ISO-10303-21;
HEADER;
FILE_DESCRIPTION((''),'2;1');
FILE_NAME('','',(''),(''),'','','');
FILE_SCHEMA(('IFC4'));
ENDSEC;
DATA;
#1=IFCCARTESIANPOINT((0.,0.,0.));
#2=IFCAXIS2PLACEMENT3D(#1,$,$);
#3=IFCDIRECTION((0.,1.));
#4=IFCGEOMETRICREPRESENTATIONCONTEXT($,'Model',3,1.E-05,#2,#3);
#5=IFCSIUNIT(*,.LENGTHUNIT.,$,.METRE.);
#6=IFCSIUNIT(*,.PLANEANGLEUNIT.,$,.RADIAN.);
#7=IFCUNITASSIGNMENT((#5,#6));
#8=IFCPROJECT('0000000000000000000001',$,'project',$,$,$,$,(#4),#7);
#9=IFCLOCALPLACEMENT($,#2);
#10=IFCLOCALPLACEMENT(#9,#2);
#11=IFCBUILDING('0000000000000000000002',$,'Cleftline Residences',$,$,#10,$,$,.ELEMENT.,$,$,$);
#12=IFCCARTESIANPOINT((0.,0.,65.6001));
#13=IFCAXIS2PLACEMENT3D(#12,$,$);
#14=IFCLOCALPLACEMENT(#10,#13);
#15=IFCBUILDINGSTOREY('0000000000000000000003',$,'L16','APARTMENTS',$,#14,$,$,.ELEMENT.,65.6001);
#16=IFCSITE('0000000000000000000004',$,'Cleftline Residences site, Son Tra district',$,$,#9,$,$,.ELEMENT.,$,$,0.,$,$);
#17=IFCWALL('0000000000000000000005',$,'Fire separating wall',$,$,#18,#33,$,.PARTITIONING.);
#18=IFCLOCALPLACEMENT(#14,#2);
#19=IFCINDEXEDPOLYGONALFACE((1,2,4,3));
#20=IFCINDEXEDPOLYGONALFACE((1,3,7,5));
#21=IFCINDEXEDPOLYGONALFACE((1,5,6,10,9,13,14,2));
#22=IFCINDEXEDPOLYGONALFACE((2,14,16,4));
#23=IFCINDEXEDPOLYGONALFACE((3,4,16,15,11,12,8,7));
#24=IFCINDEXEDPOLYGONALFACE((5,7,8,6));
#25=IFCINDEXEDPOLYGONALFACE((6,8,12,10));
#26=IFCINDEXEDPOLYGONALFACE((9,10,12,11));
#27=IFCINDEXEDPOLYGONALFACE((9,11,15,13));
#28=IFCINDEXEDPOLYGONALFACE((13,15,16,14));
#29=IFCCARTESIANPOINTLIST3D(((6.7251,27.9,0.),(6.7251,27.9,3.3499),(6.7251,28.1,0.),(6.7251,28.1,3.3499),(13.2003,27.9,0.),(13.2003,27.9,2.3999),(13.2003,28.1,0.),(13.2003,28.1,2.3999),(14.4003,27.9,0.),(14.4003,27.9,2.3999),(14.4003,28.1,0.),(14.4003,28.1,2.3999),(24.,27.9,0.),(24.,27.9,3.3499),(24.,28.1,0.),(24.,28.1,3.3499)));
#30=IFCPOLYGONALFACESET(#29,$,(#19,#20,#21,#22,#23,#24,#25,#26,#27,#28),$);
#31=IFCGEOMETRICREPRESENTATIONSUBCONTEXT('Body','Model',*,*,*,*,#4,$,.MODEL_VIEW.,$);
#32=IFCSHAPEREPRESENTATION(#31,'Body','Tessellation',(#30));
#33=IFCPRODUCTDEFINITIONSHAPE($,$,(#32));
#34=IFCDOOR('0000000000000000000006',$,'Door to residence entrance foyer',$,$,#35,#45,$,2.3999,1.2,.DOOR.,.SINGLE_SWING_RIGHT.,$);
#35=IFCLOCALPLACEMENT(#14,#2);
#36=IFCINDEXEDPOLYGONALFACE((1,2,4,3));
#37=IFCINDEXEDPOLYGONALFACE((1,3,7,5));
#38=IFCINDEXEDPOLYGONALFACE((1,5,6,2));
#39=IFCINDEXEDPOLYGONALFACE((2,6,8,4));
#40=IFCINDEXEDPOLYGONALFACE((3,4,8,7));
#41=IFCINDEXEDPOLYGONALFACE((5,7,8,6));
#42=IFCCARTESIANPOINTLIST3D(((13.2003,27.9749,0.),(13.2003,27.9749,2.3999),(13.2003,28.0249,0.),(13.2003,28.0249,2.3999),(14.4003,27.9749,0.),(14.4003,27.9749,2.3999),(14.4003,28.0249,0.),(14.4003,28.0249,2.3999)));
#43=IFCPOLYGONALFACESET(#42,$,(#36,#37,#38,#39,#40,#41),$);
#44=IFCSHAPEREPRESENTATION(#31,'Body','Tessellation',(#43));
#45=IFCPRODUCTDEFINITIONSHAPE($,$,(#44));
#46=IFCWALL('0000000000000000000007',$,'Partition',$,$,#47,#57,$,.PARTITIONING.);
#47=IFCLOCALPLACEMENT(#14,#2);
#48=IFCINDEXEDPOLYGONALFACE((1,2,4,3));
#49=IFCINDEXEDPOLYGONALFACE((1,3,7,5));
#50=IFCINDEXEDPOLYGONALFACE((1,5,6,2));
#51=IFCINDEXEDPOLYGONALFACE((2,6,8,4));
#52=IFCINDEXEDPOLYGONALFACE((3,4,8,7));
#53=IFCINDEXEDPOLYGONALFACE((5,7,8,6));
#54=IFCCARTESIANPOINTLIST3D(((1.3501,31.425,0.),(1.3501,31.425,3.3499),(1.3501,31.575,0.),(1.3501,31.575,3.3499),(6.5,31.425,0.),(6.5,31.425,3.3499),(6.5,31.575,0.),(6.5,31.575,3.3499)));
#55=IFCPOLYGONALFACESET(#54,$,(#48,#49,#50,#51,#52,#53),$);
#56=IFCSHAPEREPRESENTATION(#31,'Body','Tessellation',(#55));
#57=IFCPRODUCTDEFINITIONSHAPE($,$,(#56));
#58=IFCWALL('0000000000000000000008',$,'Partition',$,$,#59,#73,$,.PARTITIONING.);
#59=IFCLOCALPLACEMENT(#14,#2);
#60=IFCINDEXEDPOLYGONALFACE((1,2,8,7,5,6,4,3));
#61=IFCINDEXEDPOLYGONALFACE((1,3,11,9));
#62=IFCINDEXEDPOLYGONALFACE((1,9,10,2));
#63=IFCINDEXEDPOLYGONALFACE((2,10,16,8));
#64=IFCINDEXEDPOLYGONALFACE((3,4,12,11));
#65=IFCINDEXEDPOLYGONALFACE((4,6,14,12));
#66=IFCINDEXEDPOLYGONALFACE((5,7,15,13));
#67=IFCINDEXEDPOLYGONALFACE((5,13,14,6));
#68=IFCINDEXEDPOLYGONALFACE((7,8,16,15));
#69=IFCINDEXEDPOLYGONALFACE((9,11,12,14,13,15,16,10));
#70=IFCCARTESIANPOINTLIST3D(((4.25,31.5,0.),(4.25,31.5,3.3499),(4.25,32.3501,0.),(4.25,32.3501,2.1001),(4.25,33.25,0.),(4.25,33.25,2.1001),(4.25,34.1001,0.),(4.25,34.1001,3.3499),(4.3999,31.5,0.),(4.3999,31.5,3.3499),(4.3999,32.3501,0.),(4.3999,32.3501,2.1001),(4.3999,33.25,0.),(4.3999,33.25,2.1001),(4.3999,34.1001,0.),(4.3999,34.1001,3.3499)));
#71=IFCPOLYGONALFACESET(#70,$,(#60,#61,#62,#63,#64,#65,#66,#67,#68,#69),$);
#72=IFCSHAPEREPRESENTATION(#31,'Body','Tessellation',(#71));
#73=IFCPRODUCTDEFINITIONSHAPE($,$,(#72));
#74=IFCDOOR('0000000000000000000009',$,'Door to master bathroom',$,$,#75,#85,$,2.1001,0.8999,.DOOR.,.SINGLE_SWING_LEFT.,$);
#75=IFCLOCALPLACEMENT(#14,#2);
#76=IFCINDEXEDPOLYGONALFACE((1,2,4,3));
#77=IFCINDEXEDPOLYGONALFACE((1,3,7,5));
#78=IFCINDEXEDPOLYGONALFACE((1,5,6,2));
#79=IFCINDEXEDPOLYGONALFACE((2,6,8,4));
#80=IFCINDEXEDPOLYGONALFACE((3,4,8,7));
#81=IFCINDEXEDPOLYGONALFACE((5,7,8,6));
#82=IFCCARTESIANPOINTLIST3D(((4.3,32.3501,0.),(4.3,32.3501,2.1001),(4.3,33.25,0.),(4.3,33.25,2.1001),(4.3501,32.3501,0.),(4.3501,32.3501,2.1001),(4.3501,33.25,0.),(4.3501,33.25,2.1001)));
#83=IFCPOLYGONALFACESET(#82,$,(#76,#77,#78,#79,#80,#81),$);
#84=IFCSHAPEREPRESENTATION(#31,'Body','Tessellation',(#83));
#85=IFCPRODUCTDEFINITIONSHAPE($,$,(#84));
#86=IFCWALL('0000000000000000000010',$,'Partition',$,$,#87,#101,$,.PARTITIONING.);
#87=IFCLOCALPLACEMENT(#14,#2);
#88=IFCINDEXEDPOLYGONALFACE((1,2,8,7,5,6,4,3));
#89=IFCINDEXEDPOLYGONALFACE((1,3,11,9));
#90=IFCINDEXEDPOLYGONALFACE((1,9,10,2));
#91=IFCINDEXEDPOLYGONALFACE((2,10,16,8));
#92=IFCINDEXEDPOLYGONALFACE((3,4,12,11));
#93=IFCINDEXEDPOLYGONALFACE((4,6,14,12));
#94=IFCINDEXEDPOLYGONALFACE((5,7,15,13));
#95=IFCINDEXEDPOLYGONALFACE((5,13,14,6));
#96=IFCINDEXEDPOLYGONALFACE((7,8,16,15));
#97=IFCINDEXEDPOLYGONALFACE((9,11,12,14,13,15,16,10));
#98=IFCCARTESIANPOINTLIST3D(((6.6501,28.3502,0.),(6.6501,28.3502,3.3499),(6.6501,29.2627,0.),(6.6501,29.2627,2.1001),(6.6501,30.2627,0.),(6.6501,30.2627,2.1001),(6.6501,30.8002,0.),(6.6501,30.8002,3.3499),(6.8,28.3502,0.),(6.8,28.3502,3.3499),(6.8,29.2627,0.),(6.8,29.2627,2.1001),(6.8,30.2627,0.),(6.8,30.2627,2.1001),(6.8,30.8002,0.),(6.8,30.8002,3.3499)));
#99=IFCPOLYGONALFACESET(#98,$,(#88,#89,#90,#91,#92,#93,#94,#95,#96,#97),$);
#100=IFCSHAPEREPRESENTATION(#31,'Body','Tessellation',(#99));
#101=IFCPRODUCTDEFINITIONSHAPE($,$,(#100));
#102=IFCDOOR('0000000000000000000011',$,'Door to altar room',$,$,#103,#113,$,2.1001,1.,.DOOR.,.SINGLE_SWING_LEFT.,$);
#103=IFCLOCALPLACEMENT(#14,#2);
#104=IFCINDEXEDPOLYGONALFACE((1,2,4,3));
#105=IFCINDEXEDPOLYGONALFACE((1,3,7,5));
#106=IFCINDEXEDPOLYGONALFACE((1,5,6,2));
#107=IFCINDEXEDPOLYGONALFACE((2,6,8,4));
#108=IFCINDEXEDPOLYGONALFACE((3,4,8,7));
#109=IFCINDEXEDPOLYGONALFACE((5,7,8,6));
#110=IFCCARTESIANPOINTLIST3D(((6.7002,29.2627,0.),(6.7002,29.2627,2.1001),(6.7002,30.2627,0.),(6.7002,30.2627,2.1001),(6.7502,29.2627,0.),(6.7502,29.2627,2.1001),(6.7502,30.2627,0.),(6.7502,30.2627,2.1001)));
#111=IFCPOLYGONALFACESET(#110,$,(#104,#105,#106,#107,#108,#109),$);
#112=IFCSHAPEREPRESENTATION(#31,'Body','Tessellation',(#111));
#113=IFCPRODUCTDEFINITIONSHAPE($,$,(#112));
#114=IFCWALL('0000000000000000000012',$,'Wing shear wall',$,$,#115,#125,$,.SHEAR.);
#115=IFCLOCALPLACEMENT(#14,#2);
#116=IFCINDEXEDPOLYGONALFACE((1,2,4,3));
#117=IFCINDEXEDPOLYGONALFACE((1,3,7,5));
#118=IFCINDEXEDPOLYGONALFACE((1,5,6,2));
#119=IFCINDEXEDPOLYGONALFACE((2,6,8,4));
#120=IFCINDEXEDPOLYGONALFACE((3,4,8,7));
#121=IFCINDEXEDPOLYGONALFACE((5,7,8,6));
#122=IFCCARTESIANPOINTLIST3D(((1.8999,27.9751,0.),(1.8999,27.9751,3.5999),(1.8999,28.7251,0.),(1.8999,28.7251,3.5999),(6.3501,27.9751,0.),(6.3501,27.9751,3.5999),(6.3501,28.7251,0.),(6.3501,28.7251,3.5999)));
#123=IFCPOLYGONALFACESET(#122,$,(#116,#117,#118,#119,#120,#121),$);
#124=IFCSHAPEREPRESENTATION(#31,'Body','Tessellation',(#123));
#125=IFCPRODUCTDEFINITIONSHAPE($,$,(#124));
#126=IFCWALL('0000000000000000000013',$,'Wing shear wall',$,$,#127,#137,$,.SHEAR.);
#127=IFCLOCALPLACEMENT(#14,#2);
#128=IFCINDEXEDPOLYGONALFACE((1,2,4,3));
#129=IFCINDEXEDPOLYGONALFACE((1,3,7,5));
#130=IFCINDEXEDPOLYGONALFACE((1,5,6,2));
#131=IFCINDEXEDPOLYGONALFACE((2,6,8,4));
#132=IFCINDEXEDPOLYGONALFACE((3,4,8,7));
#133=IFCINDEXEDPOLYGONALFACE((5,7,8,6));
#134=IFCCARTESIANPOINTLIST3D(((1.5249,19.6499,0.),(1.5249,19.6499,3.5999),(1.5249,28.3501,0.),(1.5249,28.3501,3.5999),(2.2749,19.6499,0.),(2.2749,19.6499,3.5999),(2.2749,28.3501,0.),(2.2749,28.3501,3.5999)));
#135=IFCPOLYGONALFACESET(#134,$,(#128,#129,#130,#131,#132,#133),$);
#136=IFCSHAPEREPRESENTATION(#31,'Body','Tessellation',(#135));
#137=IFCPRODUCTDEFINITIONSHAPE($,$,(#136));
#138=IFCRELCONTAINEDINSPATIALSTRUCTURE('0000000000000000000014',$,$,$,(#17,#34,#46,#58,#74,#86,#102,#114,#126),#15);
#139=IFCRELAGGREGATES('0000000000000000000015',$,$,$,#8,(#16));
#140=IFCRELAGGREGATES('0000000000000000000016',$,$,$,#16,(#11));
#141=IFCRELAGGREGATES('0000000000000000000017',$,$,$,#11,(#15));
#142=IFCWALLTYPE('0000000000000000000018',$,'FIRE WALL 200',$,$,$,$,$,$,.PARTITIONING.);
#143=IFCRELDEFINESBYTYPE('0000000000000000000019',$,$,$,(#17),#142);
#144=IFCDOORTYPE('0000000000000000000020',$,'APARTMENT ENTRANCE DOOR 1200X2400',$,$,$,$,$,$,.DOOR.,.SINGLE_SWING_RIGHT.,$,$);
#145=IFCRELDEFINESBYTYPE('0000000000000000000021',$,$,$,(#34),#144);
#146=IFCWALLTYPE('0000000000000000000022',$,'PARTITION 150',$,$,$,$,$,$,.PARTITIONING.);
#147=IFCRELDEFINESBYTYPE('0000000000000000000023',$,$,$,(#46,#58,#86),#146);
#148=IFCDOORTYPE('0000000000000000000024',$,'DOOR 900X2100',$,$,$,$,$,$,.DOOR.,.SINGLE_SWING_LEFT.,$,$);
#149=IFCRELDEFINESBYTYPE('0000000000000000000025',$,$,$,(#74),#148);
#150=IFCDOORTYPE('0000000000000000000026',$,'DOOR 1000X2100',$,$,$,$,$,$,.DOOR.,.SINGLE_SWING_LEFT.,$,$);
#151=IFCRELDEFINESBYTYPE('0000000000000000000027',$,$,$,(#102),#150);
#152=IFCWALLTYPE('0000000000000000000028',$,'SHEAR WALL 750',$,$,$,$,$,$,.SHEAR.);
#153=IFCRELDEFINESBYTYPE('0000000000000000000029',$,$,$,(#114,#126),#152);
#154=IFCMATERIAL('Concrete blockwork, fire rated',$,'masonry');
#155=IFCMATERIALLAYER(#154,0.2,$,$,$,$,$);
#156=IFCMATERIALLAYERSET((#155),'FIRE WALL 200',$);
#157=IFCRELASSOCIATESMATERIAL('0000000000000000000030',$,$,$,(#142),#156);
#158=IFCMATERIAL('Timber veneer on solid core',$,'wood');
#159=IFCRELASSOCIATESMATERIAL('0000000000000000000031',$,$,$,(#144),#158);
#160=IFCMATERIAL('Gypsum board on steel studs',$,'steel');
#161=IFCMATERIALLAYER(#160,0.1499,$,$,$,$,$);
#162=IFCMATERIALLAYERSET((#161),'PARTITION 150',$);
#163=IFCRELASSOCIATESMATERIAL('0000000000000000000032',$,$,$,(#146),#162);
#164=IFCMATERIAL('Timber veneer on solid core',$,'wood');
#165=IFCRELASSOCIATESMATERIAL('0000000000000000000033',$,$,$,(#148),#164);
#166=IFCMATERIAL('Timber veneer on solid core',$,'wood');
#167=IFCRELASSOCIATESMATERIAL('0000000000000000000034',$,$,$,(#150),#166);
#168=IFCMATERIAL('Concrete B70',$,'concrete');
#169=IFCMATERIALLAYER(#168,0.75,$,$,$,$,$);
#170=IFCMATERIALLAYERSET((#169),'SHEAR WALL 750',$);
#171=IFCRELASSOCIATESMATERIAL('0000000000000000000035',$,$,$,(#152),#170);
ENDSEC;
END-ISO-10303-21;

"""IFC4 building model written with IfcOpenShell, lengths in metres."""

from ifc_helpers import new_model, si_unit, direction, frame, frame_2d, origin, place, context, subcontext, project, spatial, rectangle, extrude, material, layer, layer_set, type_object, element, fill, save


model = new_model("IFC4")

# Units and contexts
model_context = context("Model", 3, precision=1e-05, world=origin(), true_north=direction((0.0, 1.0)))
body_context = subcontext(model_context, "Body", "Model", "MODEL_VIEW")
ifc_project = project(units=[si_unit("LENGTHUNIT", "METRE"), si_unit("PLANEANGLEUNIT", "RADIAN")], contexts=[model_context])

# Site, building, storey
site_placement = place(None, origin())
site = spatial("IfcSite", under=ifc_project, at=site_placement, Name="Cleftline Residences site, Son Tra district", CompositionType="ELEMENT", RefElevation=0.0)
building_placement = place(site_placement, origin())
building = spatial("IfcBuilding", under=site, at=building_placement, Name="Cleftline Residences", CompositionType="ELEMENT")
storey_placement = place(building_placement, frame((0.0, 0.0, 65.6001)))
storey = spatial("IfcBuildingStorey", under=building, at=storey_placement, Name="L16", Description="APARTMENTS", CompositionType="ELEMENT", Elevation=65.6001)

# Wall, opening, door
ifc_material_1 = material(Name="Concrete blockwork, fire rated", Category="masonry")
ifc_layer_1 = layer(ifc_material_1, 0.2)
ifc_layer_set_1 = layer_set([ifc_layer_1], Name="FIRE WALL 200")
wall_type_1 = type_object("IfcWallType", Name="FIRE WALL 200", PredefinedType="PARTITIONING", material=ifc_layer_set_1)
wall_1_placement = place(storey_placement, frame((6.7251, 28.0, 0.0), z_axis=(0.0, 0.0, 1.0), x_axis=(1.0, 0.0, 0.0)))
wall_1 = element("IfcWall", 1, at=wall_1_placement, inside=storey, type_object=wall_type_1, Name="Fire separating wall", PredefinedType="PARTITIONING", context=body_context, shape_type="SweptSolid", body=[
    extrude(rectangle(XDim=17.2749, YDim=0.2, at=frame_2d((8.6375, 0.0))), origin(), (0.0, 0.0, 1.0), 3.3499),
])
opening_1_placement = place(wall_1_placement, frame((6.4751, 0.0, 0.0)))
opening_1 = element("IfcOpeningElement", 2, at=opening_1_placement, cuts=wall_1, PredefinedType="OPENING", context=body_context, shape_type="SweptSolid", body=[
    extrude(rectangle(XDim=1.2, YDim=2.3999, at=frame_2d((0.6001, 1.2))), frame((0.0, 0.1099, 0.0), z_axis=(0.0, -1.0, 0.0), x_axis=(1.0, 0.0, 0.0)), (0.0, 0.0, 1.0), 0.22),
])
ifc_material_2 = material(Name="Timber veneer on solid core", Category="wood")
door_type_1 = type_object("IfcDoorType", Name="APARTMENT ENTRANCE DOOR 1200X2400", OperationType="SINGLE_SWING_RIGHT", PredefinedType="DOOR", material=ifc_material_2)
door_1_placement = place(opening_1_placement, origin())
door_1 = element("IfcDoor", 3, at=door_1_placement, inside=storey, type_object=door_type_1, Name="Door to residence entrance foyer", OperationType="SINGLE_SWING_RIGHT", OverallHeight=2.3999, OverallWidth=1.2, PredefinedType="DOOR", context=body_context, shape_type="SweptSolid", body=[
    extrude(rectangle(XDim=1.2, YDim=2.3999, at=frame_2d((0.6001, 1.2))), frame((0.0, 0.0249, 0.0), z_axis=(0.0, -1.0, 0.0), x_axis=(1.0, 0.0, 0.0)), (0.0, 0.0, 1.0), 0.05),
])
fill(opening_1, door_1)

# Wall
ifc_material_3 = material(Name="Gypsum board on steel studs", Category="steel")
ifc_layer_2 = layer(ifc_material_3, 0.1499)
ifc_layer_set_2 = layer_set([ifc_layer_2], Name="PARTITION 150")
wall_type_2 = type_object("IfcWallType", Name="PARTITION 150", PredefinedType="PARTITIONING", material=ifc_layer_set_2)
wall_2_placement = place(storey_placement, frame((1.3501, 31.5, 0.0), z_axis=(0.0, 0.0, 1.0), x_axis=(1.0, 0.0, 0.0)))
element("IfcWall", 4, at=wall_2_placement, inside=storey, type_object=wall_type_2, Name="Partition", PredefinedType="PARTITIONING", context=body_context, shape_type="SweptSolid", body=[
    extrude(rectangle(XDim=5.1499, YDim=0.1499, at=frame_2d((2.575, 0.0))), origin(), (0.0, 0.0, 1.0), 3.3499),
])

# Walls, openings, doors
wall_3_placement = place(storey_placement, frame((4.325, 31.5, 0.0), z_axis=(0.0, 0.0, 1.0), x_axis=(0.0, 1.0, 0.0)))
wall_3 = element("IfcWall", 5, at=wall_3_placement, inside=storey, type_object=wall_type_2, Name="Partition", PredefinedType="PARTITIONING", context=body_context, shape_type="SweptSolid", body=[
    extrude(rectangle(XDim=2.6001, YDim=0.1499, at=frame_2d((1.3, 0.0))), origin(), (0.0, 0.0, 1.0), 3.3499),
])
opening_2_placement = place(wall_3_placement, frame((0.8501, 0.0, 0.0)))
opening_2 = element("IfcOpeningElement", 6, at=opening_2_placement, cuts=wall_3, PredefinedType="OPENING", context=body_context, shape_type="SweptSolid", body=[
    extrude(rectangle(XDim=0.8999, YDim=2.1001, at=frame_2d((0.45, 1.05))), frame((0.0, 0.085, 0.0), z_axis=(0.0, -1.0, 0.0), x_axis=(1.0, 0.0, 0.0)), (0.0, 0.0, 1.0), 0.1699),
])
ifc_material_4 = material(Name="Timber veneer on solid core", Category="wood")
door_type_2 = type_object("IfcDoorType", Name="DOOR 900X2100", OperationType="SINGLE_SWING_LEFT", PredefinedType="DOOR", material=ifc_material_4)
door_2_placement = place(opening_2_placement, origin())
door_2 = element("IfcDoor", 7, at=door_2_placement, inside=storey, type_object=door_type_2, Name="Door to master bathroom", OperationType="SINGLE_SWING_LEFT", OverallHeight=2.1001, OverallWidth=0.8999, PredefinedType="DOOR", context=body_context, shape_type="SweptSolid", body=[
    extrude(rectangle(XDim=0.8999, YDim=2.1001, at=frame_2d((0.45, 1.05))), frame((0.0, 0.0249, 0.0), z_axis=(0.0, -1.0, 0.0), x_axis=(1.0, 0.0, 0.0)), (0.0, 0.0, 1.0), 0.05),
])
fill(opening_2, door_2)
wall_4_placement = place(storey_placement, frame((6.7251, 28.3501, 0.0), z_axis=(0.0, 0.0, 1.0), x_axis=(0.0, 1.0, 0.0)))
wall_4 = element("IfcWall", 8, at=wall_4_placement, inside=storey, type_object=wall_type_2, Name="Partition", PredefinedType="PARTITIONING", context=body_context, shape_type="SweptSolid", body=[
    extrude(rectangle(XDim=2.45, YDim=0.1499, at=frame_2d((1.2251, 0.0))), origin(), (0.0, 0.0, 1.0), 3.3499),
])
opening_3_placement = place(wall_4_placement, frame((0.9126, 0.0, 0.0)))
opening_3 = element("IfcOpeningElement", 9, at=opening_3_placement, cuts=wall_4, PredefinedType="OPENING", context=body_context, shape_type="SweptSolid", body=[
    extrude(rectangle(XDim=1.0, YDim=2.1001, at=frame_2d((0.5, 1.05))), frame((0.0, 0.085, 0.0), z_axis=(0.0, -1.0, 0.0), x_axis=(1.0, 0.0, 0.0)), (0.0, 0.0, 1.0), 0.1699),
])
ifc_material_5 = material(Name="Timber veneer on solid core", Category="wood")
door_type_3 = type_object("IfcDoorType", Name="DOOR 1000X2100", OperationType="SINGLE_SWING_LEFT", PredefinedType="DOOR", material=ifc_material_5)
door_3_placement = place(opening_3_placement, origin())
door_3 = element("IfcDoor", 10, at=door_3_placement, inside=storey, type_object=door_type_3, Name="Door to altar room", OperationType="SINGLE_SWING_LEFT", OverallHeight=2.1001, OverallWidth=1.0, PredefinedType="DOOR", context=body_context, shape_type="SweptSolid", body=[
    extrude(rectangle(XDim=1.0, YDim=2.1001, at=frame_2d((0.5, 1.05))), frame((0.0, 0.0249, 0.0), z_axis=(0.0, -1.0, 0.0), x_axis=(1.0, 0.0, 0.0)), (0.0, 0.0, 1.0), 0.05),
])
fill(opening_3, door_3)

# Walls
ifc_material_6 = material(Name="Concrete B70", Category="concrete")
ifc_layer_3 = layer(ifc_material_6, 0.75)
ifc_layer_set_3 = layer_set([ifc_layer_3], Name="SHEAR WALL 750")
wall_type_3 = type_object("IfcWallType", Name="SHEAR WALL 750", PredefinedType="SHEAR", material=ifc_layer_set_3)
wall_5_placement = place(storey_placement, frame((6.3501, 28.3501, 0.0), z_axis=(0.0, 0.0, 1.0), x_axis=(-1.0, 0.0, 0.0)))
element("IfcWall", 11, at=wall_5_placement, inside=storey, type_object=wall_type_3, Name="Wing shear wall", PredefinedType="SHEAR", context=body_context, shape_type="SweptSolid", body=[
    extrude(rectangle(XDim=4.4502, YDim=0.75, at=frame_2d((2.2251, 0.0))), origin(), (0.0, 0.0, 1.0), 3.5999),
])
wall_6_placement = place(storey_placement, frame((1.8999, 28.3501, 0.0), z_axis=(0.0, 0.0, 1.0), x_axis=(0.0, -1.0, 0.0)))
element("IfcWall", 12, at=wall_6_placement, inside=storey, type_object=wall_type_3, Name="Wing shear wall", PredefinedType="SHEAR", context=body_context, shape_type="SweptSolid", body=[
    extrude(rectangle(XDim=8.7002, YDim=0.75, at=frame_2d((4.3501, 0.0))), origin(), (0.0, 0.0, 1.0), 3.5999),
])

save(model, "model.ifc")
